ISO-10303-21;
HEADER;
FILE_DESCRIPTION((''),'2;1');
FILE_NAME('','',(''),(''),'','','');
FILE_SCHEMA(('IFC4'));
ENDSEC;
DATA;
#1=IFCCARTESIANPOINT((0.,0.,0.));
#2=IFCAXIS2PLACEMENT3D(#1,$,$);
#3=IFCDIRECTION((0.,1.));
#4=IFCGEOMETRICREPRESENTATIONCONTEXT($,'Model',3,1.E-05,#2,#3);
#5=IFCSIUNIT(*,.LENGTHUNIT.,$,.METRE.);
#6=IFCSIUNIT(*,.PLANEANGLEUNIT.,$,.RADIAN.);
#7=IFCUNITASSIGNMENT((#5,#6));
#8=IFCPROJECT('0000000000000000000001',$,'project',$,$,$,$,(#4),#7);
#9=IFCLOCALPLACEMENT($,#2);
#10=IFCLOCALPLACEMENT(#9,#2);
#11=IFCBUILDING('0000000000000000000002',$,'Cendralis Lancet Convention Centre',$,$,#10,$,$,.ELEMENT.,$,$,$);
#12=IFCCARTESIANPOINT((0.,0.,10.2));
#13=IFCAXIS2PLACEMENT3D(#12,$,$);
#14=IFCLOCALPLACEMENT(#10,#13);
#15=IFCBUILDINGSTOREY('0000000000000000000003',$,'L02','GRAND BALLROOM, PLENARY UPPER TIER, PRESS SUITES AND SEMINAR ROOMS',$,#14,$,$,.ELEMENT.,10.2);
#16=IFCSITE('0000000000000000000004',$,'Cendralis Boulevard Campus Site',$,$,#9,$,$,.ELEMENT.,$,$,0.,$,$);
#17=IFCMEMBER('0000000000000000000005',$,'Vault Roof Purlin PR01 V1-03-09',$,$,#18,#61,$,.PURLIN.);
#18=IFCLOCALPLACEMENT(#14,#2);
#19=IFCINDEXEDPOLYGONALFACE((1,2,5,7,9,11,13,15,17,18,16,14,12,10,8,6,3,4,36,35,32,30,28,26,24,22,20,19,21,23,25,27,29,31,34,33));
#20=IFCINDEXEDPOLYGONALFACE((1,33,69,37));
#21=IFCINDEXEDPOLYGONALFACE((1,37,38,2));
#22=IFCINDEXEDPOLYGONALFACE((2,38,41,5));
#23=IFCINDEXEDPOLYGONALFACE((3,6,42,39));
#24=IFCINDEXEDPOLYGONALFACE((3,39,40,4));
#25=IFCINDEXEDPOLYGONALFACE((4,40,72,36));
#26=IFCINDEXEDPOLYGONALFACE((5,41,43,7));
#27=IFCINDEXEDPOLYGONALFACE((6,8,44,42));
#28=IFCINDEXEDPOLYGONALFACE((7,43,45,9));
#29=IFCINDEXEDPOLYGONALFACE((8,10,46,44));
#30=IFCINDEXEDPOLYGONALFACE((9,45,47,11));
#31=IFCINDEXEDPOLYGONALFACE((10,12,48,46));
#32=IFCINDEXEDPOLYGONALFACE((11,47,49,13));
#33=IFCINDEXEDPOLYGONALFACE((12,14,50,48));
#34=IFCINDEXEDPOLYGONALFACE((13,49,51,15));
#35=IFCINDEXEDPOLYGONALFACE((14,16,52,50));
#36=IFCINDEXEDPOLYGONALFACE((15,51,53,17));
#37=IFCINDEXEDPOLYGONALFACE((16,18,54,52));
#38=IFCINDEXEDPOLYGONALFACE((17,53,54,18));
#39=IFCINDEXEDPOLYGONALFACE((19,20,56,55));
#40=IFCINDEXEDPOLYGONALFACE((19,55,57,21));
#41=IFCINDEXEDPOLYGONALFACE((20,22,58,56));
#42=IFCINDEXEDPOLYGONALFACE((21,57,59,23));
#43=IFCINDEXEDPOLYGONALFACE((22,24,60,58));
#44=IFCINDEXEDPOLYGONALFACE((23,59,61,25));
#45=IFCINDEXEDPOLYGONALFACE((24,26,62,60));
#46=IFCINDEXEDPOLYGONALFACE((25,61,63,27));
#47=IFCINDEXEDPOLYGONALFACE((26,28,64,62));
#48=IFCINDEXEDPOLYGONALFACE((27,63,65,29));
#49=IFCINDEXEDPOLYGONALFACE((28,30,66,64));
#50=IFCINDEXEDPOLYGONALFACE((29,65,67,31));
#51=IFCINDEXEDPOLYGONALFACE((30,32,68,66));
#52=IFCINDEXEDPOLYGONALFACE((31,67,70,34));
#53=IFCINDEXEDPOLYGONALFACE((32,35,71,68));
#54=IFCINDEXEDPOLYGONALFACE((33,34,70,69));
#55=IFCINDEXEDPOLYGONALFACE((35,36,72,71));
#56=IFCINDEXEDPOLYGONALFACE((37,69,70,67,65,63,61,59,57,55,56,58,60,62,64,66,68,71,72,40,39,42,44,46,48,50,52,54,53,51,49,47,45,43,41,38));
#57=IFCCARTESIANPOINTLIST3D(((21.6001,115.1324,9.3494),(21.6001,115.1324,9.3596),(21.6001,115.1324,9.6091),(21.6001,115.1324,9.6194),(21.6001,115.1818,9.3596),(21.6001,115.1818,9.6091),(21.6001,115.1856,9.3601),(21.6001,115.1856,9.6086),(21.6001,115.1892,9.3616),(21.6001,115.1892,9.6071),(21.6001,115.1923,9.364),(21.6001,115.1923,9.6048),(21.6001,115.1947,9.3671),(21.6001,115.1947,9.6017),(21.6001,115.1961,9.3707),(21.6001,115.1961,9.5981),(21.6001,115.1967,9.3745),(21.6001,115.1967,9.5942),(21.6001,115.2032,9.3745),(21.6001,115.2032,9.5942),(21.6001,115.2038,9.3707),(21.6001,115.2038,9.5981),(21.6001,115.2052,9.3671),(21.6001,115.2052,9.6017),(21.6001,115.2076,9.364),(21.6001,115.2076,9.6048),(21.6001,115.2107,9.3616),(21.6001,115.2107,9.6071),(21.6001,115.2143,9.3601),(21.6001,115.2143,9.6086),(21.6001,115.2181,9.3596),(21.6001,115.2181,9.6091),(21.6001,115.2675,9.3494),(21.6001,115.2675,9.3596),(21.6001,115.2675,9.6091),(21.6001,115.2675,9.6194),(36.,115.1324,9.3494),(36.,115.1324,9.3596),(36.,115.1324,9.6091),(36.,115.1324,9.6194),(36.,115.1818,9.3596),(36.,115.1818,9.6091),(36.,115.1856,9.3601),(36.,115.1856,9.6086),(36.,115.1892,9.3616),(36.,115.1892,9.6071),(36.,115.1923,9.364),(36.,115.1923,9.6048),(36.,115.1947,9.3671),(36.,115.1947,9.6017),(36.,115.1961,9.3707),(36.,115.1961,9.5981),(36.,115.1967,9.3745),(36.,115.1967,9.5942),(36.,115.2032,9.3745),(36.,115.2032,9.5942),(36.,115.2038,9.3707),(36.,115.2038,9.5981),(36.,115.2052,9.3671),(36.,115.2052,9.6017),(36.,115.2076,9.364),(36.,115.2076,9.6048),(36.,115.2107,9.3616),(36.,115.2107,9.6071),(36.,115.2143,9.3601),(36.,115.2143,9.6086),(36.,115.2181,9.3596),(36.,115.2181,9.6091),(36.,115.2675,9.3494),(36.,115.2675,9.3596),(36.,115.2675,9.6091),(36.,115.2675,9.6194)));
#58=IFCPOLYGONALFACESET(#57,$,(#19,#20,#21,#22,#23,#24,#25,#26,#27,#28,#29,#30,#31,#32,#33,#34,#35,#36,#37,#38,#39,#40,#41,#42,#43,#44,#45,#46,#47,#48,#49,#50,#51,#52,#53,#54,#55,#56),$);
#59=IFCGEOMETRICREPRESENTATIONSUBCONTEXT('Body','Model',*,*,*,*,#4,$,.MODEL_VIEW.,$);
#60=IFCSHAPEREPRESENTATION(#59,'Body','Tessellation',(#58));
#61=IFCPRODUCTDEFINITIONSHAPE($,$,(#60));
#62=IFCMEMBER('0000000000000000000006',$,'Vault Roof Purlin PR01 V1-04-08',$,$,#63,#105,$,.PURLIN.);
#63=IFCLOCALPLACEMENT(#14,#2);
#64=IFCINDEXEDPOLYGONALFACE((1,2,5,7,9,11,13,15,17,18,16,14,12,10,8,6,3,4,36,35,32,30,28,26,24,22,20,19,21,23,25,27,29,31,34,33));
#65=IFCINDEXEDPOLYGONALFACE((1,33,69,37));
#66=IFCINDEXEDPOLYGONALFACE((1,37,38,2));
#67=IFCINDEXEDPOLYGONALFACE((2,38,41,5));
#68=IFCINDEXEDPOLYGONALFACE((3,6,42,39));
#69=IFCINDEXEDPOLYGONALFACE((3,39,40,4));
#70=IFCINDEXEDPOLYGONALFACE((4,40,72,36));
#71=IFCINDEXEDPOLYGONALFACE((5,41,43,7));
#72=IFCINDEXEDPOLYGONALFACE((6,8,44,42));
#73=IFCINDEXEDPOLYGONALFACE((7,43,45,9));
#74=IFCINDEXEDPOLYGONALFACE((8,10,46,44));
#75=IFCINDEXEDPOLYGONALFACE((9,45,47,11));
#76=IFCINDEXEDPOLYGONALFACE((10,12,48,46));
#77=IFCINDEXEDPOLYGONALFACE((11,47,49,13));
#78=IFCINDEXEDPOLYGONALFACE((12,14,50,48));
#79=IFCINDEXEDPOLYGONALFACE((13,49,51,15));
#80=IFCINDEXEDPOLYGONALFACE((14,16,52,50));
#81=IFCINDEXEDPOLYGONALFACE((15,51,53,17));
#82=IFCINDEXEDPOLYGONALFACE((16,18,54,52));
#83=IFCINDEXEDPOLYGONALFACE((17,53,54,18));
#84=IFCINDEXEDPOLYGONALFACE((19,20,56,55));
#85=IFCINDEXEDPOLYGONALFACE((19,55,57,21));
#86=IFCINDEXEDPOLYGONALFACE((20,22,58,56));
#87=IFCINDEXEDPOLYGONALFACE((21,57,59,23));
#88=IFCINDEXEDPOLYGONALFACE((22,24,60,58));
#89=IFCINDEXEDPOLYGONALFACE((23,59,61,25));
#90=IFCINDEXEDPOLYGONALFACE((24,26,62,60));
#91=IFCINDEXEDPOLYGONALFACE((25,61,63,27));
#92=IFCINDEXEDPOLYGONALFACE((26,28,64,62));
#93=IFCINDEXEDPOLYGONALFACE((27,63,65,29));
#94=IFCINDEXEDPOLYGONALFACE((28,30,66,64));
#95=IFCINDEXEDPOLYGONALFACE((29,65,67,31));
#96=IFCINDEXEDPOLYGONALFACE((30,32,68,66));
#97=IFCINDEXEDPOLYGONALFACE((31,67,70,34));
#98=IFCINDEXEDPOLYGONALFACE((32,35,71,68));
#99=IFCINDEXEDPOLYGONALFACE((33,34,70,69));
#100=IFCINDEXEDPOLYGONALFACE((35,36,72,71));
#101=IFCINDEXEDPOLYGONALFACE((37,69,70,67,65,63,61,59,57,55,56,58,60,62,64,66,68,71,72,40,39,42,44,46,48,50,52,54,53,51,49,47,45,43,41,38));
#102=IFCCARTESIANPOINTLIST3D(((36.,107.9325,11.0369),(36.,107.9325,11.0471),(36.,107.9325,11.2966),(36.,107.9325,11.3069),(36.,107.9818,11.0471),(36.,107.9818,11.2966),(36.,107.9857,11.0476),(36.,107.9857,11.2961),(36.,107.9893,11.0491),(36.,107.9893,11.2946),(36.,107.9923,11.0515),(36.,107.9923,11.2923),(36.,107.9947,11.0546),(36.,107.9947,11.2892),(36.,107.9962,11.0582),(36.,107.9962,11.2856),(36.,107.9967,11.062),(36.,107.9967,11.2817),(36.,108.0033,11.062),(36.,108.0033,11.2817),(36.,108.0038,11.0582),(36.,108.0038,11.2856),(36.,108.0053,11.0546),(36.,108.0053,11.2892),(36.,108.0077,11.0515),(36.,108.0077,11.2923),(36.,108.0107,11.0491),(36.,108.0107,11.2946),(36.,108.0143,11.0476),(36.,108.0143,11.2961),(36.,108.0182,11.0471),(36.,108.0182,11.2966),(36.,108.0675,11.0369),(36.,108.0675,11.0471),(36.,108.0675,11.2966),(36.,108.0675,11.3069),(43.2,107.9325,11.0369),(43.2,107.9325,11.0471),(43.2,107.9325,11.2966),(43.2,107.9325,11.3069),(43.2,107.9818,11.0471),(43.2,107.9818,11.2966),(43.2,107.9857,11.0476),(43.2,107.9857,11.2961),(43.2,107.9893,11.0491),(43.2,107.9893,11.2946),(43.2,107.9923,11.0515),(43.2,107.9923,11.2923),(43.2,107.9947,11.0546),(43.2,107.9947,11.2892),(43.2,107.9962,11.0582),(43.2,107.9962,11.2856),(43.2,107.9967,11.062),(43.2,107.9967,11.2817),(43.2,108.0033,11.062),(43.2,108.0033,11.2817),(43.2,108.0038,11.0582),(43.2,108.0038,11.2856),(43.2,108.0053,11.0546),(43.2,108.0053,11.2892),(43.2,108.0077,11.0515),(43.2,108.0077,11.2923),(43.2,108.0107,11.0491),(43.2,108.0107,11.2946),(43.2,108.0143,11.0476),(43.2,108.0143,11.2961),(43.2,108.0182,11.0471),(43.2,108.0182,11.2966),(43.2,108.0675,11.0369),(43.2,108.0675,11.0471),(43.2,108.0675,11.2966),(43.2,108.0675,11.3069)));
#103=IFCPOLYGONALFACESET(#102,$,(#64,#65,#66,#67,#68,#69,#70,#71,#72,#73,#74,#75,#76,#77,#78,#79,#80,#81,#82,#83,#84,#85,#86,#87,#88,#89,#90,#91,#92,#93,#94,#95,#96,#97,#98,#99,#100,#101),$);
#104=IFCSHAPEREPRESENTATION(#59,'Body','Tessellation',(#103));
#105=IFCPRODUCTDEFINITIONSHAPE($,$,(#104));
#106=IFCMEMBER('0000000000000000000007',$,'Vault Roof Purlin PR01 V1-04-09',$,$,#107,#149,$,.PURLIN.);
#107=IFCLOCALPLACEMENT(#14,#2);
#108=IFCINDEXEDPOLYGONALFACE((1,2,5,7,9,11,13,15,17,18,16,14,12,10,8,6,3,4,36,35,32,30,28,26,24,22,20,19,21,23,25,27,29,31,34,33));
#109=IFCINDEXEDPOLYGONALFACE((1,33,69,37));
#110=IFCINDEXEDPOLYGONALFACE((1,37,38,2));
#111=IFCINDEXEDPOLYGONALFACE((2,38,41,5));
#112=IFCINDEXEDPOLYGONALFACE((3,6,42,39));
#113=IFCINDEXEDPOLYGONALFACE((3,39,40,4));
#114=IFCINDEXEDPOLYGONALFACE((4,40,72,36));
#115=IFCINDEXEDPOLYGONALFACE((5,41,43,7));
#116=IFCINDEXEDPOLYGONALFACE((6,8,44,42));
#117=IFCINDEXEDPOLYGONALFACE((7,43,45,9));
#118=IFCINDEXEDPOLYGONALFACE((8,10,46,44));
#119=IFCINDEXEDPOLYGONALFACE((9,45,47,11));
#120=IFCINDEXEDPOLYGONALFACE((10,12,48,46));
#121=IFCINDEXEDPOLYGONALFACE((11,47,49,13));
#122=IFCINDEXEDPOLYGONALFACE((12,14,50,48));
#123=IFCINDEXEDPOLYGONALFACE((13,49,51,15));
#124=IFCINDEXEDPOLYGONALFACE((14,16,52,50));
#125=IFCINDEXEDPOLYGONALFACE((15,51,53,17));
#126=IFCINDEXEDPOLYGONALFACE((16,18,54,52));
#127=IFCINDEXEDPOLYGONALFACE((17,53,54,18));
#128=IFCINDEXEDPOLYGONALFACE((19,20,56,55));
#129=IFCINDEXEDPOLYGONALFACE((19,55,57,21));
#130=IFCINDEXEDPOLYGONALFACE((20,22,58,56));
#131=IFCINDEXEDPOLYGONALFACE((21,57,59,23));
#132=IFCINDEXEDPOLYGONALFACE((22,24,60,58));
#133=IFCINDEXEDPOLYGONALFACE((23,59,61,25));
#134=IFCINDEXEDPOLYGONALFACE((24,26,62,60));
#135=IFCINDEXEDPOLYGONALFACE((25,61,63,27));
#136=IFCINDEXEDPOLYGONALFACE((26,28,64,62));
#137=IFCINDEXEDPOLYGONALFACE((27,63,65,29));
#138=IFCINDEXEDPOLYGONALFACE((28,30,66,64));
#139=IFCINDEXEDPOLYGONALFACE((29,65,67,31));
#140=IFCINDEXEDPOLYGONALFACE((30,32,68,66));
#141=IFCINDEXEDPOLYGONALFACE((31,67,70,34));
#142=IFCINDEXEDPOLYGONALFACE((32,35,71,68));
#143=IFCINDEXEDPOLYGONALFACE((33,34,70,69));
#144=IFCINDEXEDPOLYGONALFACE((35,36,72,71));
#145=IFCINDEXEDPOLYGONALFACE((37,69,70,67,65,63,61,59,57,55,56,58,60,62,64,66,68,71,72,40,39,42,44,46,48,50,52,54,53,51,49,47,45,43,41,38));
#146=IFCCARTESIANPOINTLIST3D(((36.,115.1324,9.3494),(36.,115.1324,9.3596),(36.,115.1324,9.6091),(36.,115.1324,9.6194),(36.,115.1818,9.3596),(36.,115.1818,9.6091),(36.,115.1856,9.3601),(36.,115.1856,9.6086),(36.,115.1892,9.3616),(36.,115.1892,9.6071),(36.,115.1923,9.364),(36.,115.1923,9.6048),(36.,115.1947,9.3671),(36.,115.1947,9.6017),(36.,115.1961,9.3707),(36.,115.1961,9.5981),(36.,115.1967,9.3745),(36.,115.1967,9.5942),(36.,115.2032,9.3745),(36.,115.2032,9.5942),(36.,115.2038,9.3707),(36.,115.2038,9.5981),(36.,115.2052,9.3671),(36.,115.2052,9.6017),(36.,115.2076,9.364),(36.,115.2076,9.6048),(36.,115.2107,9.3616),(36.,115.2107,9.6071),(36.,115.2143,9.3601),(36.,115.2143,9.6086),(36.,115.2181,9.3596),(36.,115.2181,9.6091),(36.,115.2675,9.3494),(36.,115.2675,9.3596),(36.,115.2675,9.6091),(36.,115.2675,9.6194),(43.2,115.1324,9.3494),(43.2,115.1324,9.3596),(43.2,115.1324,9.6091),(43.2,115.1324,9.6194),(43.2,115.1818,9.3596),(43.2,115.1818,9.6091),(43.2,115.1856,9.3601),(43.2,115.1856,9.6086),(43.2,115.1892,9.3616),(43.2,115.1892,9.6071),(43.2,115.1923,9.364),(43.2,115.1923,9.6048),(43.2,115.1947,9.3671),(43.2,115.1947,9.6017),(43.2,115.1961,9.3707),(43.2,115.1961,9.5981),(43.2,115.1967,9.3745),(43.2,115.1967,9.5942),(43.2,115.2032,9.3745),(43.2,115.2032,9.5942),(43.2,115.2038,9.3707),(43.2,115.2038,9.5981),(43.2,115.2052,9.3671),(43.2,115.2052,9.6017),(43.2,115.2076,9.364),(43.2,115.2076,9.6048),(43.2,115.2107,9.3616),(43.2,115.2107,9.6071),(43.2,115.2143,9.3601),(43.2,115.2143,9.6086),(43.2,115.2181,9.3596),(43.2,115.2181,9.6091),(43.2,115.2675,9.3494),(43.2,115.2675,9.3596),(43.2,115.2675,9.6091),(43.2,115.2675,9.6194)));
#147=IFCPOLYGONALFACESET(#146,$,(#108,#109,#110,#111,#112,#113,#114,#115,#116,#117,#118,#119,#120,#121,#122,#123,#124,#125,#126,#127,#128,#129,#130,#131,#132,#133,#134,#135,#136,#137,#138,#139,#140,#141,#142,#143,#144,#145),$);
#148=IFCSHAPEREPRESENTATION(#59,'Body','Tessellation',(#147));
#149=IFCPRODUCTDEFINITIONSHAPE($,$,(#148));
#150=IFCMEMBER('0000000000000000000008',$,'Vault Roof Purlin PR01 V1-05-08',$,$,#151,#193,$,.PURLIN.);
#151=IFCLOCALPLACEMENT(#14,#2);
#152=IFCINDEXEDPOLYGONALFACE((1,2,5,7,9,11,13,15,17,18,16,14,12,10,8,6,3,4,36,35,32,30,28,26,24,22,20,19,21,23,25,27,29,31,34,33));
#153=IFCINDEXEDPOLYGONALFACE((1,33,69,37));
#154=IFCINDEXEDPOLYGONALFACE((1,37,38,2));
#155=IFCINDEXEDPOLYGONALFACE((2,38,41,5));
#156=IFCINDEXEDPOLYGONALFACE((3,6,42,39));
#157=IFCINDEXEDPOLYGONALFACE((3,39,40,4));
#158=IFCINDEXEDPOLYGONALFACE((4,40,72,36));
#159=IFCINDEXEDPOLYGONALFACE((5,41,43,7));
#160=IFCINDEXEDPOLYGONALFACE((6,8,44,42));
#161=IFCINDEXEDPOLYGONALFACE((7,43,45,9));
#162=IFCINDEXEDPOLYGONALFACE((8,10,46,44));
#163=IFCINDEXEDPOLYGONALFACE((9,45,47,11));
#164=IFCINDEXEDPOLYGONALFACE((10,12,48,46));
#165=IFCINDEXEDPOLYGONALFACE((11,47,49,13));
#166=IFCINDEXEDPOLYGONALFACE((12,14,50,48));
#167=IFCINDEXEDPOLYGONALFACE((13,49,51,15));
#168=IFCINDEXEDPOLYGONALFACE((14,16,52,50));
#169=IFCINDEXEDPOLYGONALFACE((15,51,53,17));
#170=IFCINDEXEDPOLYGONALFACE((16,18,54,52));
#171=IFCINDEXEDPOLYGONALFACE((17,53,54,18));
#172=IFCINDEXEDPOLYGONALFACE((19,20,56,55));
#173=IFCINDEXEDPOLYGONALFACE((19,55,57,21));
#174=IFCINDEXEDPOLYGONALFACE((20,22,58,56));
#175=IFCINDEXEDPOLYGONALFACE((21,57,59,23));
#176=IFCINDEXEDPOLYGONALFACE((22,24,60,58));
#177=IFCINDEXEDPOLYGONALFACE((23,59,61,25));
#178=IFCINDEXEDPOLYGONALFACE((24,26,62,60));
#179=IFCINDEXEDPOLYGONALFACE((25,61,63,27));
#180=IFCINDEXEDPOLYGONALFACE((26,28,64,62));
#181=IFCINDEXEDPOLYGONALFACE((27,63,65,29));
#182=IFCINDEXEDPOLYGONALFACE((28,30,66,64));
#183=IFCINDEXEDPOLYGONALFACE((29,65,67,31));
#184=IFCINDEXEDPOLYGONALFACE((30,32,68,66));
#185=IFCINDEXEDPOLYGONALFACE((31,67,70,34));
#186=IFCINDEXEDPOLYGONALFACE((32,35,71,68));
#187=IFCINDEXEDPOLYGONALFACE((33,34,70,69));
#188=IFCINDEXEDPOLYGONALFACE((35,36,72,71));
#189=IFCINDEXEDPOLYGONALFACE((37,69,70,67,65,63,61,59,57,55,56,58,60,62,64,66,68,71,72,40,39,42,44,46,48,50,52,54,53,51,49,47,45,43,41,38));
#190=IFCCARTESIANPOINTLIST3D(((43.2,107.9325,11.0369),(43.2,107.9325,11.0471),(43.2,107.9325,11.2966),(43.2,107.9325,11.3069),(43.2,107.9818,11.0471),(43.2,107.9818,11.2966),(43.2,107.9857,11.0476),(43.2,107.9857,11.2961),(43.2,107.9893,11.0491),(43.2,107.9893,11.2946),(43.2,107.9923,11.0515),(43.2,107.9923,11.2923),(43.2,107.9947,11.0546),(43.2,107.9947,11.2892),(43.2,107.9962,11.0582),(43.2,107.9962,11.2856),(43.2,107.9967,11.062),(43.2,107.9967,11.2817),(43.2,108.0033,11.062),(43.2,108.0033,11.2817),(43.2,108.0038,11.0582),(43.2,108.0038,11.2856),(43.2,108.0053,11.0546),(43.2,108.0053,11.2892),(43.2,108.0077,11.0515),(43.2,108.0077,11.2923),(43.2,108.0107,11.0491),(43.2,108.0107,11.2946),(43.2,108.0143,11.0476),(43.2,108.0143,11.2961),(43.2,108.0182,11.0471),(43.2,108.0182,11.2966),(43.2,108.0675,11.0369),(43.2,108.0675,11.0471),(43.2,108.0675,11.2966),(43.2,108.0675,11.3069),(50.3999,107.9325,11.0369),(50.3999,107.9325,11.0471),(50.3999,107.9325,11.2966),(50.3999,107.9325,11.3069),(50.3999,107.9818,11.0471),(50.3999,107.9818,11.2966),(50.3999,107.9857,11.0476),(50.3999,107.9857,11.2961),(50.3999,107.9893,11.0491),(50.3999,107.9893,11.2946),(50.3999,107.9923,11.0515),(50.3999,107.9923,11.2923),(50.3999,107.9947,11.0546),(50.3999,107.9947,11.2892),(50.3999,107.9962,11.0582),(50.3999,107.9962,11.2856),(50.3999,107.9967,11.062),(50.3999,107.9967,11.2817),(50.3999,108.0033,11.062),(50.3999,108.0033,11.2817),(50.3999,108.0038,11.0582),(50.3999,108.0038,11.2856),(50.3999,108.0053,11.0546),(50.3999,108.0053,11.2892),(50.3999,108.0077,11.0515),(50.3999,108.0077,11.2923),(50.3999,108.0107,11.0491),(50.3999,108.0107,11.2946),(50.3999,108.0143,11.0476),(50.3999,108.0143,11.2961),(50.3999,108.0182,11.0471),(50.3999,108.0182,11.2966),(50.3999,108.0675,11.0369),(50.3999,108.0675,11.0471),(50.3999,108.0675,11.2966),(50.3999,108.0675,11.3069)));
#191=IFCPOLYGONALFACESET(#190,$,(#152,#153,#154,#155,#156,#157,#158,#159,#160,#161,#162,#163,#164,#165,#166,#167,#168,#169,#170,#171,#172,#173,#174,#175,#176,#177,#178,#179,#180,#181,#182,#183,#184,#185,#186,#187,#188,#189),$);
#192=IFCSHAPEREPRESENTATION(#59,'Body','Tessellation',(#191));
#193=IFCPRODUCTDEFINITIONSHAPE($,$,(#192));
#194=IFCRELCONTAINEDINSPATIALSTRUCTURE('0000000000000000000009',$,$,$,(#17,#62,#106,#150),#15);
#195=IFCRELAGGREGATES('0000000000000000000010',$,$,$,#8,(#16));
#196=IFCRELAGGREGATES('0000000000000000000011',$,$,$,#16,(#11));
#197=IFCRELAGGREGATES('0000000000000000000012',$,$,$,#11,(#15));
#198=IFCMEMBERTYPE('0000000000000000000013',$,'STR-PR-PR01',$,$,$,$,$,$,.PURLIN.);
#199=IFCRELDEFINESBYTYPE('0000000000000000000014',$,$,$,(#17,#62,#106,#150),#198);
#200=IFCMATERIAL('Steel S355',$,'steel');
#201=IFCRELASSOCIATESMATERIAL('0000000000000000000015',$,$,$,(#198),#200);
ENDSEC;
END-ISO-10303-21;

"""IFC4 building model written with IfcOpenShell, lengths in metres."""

from ifc_helpers import new_model, si_unit, direction, frame, origin, origin_2d, place, context, subcontext, project, spatial, i_section, extrude, material, material_profile, profile_set, type_object, element, save


model = new_model("IFC4")

# Units and contexts
model_context = context("Model", 3, precision=1e-05, world=origin(), true_north=direction((0.0, 1.0)))
body_context = subcontext(model_context, "Body", "Model", "MODEL_VIEW")
ifc_project = project(units=[si_unit("LENGTHUNIT", "METRE"), si_unit("PLANEANGLEUNIT", "RADIAN")], contexts=[model_context])

# Site, building, storey
site_placement = place(None, origin())
site = spatial("IfcSite", under=ifc_project, at=site_placement, Name="Cendralis Boulevard Campus Site", CompositionType="ELEMENT", RefElevation=0.0)
building_placement = place(site_placement, origin())
building = spatial("IfcBuilding", under=site, at=building_placement, Name="Cendralis Lancet Convention Centre", CompositionType="ELEMENT")
storey_placement = place(building_placement, frame((0.0, 0.0, 10.2)))
storey = spatial("IfcBuildingStorey", under=building, at=storey_placement, Name="L02", Description="GRAND BALLROOM, PLENARY UPPER TIER, PRESS SUITES AND SEMINAR ROOMS", CompositionType="ELEMENT", Elevation=10.2)

# Members
ifc_material = material(Name="Steel S355", Category="steel")
ifc_material_profile_1 = material_profile(ifc_material, i_section(OverallWidth=0.135, OverallDepth=0.27, WebThickness=0.0066, FlangeThickness=0.0103, FilletRadius=0.0149, at=origin_2d()), Name="IPE 270")
ifc_profile_set_1 = profile_set([ifc_material_profile_1], Name="Steel S355")
member_type_1 = type_object("IfcMemberType", Name="STR-PR-PR01", PredefinedType="PURLIN", material=ifc_profile_set_1)
for number, where, z_axis, x_axis, name in (
    (1, (21.6001, 115.2, 9.4844), (1.0, 0.0, 0.0), (0.0, 1.0, 0.0), "Vault Roof Purlin PR01 V1-03-09"),
):
    element("IfcMember", number, at=place(storey_placement, frame(where, z_axis=z_axis, x_axis=x_axis)), inside=storey, type_object=member_type_1, Name=name, PredefinedType="PURLIN", context=body_context, shape_type="SweptSolid", body=[
        extrude(i_section(OverallWidth=0.135, OverallDepth=0.27, WebThickness=0.0066, FlangeThickness=0.0103, FilletRadius=0.0149, at=origin_2d()), origin(), (0.0, 0.0, 1.0), 14.3999),
    ])
for number, where, z_axis, x_axis, name in (
    (2, (36.0, 108.0, 11.1719), (1.0, 0.0, 0.0), (0.0, 1.0, 0.0), "Vault Roof Purlin PR01 V1-04-08"),
    (3, (36.0, 115.2, 9.4844), (1.0, 0.0, 0.0), (0.0, 1.0, 0.0), "Vault Roof Purlin PR01 V1-04-09"),
    (4, (43.2, 108.0, 11.1719), (1.0, 0.0, 0.0), (0.0, 1.0, 0.0), "Vault Roof Purlin PR01 V1-05-08"),
):
    element("IfcMember", number, at=place(storey_placement, frame(where, z_axis=z_axis, x_axis=x_axis)), inside=storey, type_object=member_type_1, Name=name, PredefinedType="PURLIN", context=body_context, shape_type="SweptSolid", body=[
        extrude(i_section(OverallWidth=0.135, OverallDepth=0.27, WebThickness=0.0066, FlangeThickness=0.0103, FilletRadius=0.0149, at=origin_2d()), origin(), (0.0, 0.0, 1.0), 7.2),
    ])

save(model, "model.ifc")
